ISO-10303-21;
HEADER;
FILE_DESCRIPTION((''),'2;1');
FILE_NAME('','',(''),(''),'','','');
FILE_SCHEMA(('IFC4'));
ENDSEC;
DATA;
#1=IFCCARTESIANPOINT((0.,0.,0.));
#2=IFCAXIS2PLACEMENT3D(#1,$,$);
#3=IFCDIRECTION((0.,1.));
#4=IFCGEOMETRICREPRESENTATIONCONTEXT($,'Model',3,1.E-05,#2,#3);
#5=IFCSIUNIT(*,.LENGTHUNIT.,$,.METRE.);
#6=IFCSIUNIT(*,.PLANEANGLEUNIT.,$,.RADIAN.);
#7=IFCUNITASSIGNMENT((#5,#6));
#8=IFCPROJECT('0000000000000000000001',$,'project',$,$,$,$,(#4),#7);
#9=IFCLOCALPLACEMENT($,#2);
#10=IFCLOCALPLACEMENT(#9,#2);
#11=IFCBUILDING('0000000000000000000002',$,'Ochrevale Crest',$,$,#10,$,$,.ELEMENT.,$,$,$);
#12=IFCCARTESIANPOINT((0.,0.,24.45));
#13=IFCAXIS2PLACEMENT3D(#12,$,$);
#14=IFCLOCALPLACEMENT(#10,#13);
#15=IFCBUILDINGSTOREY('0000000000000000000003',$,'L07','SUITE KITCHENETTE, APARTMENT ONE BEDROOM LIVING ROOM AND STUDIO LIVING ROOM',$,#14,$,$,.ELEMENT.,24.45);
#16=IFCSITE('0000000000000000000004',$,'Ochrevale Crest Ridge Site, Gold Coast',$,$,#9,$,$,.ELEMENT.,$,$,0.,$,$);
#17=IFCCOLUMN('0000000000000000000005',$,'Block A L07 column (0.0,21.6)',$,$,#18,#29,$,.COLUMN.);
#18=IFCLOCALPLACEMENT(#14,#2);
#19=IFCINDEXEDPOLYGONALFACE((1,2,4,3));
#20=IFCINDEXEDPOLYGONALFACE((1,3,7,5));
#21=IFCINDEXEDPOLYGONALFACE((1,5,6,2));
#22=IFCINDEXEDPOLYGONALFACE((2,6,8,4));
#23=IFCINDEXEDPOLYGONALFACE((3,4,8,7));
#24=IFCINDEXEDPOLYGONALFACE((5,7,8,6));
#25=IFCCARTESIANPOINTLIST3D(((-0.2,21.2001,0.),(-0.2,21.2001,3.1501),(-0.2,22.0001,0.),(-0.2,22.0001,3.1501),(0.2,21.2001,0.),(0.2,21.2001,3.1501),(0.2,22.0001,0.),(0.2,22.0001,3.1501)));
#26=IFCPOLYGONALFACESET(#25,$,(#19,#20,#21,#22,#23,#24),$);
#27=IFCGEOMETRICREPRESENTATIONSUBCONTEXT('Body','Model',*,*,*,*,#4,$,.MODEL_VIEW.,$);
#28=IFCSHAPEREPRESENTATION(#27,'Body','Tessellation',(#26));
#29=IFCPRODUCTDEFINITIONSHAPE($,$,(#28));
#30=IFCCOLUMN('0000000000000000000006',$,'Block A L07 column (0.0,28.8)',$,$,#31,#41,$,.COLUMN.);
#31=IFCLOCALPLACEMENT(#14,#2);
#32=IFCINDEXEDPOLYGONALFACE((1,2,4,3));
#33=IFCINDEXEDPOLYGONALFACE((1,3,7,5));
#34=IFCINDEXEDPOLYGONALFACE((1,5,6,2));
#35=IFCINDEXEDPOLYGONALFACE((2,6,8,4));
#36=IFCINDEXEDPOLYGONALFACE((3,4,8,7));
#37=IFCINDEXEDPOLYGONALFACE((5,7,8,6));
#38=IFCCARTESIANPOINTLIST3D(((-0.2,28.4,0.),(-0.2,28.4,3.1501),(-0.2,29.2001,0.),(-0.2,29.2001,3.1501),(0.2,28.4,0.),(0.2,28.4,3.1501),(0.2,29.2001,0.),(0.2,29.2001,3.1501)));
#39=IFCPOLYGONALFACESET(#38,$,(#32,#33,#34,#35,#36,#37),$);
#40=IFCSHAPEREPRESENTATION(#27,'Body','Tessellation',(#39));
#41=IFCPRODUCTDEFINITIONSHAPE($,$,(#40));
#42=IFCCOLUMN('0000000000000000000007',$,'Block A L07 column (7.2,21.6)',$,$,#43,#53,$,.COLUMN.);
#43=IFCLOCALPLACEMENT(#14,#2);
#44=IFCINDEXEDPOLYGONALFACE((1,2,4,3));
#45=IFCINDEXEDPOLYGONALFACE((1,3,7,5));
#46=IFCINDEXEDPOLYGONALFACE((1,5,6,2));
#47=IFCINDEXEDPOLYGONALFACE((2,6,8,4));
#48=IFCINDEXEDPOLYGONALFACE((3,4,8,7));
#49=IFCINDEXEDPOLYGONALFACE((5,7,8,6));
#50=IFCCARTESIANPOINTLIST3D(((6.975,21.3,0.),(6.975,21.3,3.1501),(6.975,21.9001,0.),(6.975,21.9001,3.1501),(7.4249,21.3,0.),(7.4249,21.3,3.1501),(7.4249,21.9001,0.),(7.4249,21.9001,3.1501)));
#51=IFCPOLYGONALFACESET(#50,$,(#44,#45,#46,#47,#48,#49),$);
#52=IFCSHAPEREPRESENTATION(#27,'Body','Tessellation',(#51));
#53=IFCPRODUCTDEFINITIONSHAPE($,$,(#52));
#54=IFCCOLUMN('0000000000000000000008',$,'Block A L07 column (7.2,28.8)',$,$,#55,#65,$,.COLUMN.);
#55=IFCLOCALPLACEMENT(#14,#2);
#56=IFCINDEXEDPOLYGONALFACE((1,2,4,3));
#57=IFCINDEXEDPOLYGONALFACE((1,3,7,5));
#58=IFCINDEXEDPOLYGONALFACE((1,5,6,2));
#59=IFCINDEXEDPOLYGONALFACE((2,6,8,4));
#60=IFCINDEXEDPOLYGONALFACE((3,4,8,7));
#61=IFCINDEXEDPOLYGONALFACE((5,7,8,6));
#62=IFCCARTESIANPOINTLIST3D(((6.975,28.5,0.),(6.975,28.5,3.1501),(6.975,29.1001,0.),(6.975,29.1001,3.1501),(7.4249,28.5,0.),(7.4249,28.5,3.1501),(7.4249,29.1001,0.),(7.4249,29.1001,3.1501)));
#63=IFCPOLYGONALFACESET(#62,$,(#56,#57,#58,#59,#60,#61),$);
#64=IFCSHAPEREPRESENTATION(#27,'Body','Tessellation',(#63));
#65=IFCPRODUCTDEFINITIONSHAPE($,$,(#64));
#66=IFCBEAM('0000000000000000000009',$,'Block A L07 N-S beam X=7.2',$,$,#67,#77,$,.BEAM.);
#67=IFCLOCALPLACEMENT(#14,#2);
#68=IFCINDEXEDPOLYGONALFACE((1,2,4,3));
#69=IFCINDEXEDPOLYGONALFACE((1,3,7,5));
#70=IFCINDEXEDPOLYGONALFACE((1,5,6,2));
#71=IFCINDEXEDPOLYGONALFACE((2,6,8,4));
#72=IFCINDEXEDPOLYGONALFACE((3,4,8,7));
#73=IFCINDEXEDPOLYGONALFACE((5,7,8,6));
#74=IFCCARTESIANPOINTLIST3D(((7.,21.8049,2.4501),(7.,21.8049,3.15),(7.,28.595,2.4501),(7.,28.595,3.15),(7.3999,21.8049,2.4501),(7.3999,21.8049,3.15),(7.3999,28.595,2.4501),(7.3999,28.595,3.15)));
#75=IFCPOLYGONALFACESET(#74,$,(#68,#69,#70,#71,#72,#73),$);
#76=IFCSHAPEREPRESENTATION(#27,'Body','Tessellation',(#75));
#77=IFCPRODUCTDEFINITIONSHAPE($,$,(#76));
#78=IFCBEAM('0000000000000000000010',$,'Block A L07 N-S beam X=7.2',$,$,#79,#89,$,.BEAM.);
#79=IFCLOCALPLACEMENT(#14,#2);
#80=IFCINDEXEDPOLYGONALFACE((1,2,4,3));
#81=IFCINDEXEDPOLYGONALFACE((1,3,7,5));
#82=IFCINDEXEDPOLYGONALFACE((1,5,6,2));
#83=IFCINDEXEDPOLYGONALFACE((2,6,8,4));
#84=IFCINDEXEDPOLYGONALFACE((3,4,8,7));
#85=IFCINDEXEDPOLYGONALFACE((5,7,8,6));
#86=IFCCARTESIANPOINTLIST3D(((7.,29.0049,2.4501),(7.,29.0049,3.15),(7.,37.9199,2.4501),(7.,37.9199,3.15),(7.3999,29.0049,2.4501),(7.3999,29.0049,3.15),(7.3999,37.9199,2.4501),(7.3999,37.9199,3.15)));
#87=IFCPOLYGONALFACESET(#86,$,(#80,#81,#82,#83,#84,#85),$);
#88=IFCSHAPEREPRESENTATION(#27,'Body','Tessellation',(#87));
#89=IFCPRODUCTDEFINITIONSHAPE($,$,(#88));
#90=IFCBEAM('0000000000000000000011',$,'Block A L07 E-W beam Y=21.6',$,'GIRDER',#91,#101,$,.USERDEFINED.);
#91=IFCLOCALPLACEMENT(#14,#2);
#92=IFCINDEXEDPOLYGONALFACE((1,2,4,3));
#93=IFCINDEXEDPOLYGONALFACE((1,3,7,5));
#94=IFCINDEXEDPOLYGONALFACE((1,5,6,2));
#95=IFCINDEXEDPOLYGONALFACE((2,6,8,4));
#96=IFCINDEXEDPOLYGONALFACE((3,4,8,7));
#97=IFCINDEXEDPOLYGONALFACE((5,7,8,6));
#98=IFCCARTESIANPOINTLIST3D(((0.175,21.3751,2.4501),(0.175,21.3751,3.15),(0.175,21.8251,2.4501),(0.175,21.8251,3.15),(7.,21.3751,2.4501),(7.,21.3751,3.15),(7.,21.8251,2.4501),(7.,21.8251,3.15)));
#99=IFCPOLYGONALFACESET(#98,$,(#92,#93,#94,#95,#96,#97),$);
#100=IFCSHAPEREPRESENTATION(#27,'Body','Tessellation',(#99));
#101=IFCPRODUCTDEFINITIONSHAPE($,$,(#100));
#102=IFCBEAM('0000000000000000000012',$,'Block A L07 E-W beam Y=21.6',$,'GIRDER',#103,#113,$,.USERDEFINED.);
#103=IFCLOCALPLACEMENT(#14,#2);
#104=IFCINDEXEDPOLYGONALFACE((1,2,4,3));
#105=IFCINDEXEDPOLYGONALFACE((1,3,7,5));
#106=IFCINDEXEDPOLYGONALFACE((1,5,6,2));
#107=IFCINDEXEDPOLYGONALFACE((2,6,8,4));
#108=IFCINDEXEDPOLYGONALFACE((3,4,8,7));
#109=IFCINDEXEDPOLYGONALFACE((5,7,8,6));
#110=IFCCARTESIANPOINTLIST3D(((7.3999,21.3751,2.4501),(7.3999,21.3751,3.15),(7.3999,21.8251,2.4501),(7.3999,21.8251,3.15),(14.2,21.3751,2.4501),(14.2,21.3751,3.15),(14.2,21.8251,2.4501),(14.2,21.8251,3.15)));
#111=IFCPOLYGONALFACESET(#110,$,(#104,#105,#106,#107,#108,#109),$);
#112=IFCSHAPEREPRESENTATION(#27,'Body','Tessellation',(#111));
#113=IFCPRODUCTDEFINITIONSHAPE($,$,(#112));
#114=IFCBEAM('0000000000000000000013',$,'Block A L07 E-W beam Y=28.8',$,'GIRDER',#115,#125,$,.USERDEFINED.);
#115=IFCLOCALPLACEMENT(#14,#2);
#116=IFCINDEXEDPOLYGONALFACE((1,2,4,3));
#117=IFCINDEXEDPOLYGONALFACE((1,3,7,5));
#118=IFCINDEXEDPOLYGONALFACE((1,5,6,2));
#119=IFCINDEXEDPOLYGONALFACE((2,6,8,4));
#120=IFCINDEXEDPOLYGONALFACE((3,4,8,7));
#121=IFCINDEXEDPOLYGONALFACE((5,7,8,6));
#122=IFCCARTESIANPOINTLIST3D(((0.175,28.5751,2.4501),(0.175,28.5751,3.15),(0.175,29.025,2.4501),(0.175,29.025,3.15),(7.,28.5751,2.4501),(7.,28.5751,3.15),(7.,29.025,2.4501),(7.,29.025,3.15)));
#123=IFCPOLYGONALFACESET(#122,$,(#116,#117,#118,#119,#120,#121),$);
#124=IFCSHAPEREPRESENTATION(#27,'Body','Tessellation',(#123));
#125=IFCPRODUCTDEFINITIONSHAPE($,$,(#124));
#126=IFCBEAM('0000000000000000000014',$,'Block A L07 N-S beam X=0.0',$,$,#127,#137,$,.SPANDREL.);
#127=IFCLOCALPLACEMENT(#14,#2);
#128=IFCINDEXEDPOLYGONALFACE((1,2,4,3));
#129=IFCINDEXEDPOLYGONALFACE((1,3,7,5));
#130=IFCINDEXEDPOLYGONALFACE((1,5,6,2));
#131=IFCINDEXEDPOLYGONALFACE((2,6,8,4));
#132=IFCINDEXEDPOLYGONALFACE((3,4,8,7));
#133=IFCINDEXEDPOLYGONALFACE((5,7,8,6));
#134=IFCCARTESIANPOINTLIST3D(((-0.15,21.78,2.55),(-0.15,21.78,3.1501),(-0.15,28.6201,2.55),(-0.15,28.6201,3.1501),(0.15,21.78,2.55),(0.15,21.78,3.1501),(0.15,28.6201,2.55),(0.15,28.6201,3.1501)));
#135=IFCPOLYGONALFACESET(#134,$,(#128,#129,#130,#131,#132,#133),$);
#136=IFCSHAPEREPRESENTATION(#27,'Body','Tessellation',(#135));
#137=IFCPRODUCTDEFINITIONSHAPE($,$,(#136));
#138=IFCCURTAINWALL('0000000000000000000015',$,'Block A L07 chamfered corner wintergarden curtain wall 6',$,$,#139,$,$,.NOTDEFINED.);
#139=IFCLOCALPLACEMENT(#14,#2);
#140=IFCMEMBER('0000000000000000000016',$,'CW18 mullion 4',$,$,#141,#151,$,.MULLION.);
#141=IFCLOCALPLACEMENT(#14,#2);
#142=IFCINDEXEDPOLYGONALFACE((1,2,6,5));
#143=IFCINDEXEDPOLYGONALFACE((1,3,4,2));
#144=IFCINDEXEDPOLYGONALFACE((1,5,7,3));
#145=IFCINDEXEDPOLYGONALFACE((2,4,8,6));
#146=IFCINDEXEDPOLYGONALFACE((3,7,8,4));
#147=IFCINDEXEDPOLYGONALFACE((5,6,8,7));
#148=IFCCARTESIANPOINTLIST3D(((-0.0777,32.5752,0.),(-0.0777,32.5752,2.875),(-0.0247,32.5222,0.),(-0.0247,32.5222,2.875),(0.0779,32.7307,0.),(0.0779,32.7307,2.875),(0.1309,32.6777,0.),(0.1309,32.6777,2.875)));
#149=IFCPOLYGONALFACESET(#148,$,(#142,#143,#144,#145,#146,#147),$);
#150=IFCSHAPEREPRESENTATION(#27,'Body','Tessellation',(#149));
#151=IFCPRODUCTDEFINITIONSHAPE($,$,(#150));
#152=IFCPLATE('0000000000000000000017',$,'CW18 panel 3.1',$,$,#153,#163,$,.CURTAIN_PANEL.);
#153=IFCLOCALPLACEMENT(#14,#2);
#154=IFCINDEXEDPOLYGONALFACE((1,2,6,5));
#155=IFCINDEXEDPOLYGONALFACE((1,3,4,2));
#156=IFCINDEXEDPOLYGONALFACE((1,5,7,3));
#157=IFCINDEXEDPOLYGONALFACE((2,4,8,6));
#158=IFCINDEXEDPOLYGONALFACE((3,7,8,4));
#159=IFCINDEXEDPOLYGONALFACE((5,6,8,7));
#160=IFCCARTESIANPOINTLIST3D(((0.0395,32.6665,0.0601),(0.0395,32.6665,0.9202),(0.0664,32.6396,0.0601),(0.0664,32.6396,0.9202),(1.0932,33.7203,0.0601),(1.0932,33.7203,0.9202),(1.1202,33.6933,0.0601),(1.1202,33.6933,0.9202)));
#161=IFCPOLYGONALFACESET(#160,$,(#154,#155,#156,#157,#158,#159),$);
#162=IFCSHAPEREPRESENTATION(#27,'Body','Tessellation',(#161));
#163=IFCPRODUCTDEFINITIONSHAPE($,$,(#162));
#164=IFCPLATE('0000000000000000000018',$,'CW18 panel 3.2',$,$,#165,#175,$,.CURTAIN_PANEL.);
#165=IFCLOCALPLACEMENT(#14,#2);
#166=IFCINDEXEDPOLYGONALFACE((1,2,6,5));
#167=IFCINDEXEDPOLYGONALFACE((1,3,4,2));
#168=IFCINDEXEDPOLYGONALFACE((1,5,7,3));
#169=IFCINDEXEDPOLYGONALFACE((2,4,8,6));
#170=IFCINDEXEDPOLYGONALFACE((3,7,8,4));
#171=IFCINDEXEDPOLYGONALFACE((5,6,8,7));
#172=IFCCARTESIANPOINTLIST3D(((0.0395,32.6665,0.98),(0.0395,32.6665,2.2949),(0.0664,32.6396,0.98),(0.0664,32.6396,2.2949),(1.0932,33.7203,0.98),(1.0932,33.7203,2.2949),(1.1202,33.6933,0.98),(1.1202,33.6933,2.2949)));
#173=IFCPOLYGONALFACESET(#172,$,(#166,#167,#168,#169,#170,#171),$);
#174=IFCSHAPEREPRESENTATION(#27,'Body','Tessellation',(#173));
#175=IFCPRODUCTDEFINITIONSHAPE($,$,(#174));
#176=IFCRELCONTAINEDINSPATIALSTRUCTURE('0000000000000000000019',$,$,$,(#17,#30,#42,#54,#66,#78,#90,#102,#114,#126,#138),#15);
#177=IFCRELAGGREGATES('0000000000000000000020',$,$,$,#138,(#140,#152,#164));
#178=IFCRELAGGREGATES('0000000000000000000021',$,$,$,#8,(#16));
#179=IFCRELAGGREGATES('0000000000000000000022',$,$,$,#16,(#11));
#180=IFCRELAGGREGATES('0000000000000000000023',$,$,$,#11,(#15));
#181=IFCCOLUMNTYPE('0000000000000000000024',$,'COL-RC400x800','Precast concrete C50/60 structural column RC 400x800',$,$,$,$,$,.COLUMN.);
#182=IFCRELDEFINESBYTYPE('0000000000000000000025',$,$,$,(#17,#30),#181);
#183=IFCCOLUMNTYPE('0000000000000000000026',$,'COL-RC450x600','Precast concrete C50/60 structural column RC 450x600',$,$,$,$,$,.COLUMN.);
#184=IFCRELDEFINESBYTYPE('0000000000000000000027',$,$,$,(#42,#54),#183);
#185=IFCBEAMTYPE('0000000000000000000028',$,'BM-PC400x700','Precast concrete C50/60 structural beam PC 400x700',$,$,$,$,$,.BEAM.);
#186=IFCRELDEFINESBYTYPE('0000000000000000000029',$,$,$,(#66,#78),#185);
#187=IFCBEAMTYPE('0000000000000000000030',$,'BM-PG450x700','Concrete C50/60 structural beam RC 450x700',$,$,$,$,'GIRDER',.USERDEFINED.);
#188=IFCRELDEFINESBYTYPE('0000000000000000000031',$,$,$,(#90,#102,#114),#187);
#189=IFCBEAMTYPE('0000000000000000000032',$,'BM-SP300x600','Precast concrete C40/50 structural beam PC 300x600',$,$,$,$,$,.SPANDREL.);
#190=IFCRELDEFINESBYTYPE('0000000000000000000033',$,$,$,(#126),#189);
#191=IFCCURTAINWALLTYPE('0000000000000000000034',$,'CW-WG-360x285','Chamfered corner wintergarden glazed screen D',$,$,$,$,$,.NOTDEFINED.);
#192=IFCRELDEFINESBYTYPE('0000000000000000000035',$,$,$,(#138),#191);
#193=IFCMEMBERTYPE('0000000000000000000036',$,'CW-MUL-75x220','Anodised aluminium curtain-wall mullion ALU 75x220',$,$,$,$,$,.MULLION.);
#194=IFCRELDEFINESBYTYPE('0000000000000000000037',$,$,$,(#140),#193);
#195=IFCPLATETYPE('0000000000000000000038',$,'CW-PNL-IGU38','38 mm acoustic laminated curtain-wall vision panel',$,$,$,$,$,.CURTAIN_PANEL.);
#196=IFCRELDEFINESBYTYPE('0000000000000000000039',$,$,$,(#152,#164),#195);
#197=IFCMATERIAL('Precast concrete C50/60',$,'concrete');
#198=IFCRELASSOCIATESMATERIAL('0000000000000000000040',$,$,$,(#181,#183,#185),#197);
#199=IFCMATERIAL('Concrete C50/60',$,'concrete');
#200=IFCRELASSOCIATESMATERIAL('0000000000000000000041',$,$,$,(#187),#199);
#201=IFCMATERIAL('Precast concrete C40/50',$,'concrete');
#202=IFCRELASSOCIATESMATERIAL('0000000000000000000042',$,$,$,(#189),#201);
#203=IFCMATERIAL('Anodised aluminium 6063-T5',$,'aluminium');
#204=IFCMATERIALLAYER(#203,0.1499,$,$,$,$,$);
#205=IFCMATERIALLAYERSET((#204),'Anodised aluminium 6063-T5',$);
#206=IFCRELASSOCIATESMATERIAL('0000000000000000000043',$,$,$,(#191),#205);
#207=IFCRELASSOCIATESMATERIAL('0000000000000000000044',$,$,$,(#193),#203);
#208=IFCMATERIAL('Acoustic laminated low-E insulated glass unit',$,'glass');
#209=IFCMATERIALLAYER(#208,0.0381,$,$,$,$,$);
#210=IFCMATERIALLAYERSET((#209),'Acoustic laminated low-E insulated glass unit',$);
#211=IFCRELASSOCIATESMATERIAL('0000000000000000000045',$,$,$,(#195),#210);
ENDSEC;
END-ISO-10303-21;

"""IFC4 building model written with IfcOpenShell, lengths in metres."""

from ifc_helpers import new_model, si_unit, direction, frame, origin, origin_2d, place, context, subcontext, project, spatial, rectangle, extrude, material, layer, layer_set, material_profile, profile_set, type_object, element, aggregate, save


model = new_model("IFC4")

# Units and contexts
model_context = context("Model", 3, precision=1e-05, world=origin(), true_north=direction((0.0, 1.0)))
body_context = subcontext(model_context, "Body", "Model", "MODEL_VIEW")
ifc_project = project(units=[si_unit("LENGTHUNIT", "METRE"), si_unit("PLANEANGLEUNIT", "RADIAN")], contexts=[model_context])

# Site, building, storey
site_placement = place(None, origin())
site = spatial("IfcSite", under=ifc_project, at=site_placement, Name="Ochrevale Crest Ridge Site, Gold Coast", CompositionType="ELEMENT", RefElevation=0.0)
building_placement = place(site_placement, origin())
building = spatial("IfcBuilding", under=site, at=building_placement, Name="Ochrevale Crest", CompositionType="ELEMENT")
storey_placement = place(building_placement, frame((0.0, 0.0, 24.45)))
storey = spatial("IfcBuildingStorey", under=building, at=storey_placement, Name="L07", Description="SUITE KITCHENETTE, APARTMENT ONE BEDROOM LIVING ROOM AND STUDIO LIVING ROOM", CompositionType="ELEMENT", Elevation=24.45)

# Columns
ifc_material_1 = material(Name="Precast concrete C50/60", Category="concrete")
ifc_material_profile_1 = material_profile(ifc_material_1, rectangle(XDim=0.3999, YDim=0.8, at=origin_2d()), Name="RC 400x800")
ifc_profile_set_1 = profile_set([ifc_material_profile_1], Name="Precast concrete C50/60")
column_type_1 = type_object("IfcColumnType", Name="COL-RC400x800", Description="Precast concrete C50/60 structural column RC 400x800", PredefinedType="COLUMN", material=ifc_profile_set_1)
for number, where, z_axis, x_axis, name in (
    (1, (0.0, 21.6001, 0.0), (0.0, 0.0, 1.0), (1.0, 0.0, 0.0), "Block A L07 column (0.0,21.6)"),
    (2, (0.0, 28.8, 0.0), (0.0, 0.0, 1.0), (1.0, 0.0, 0.0), "Block A L07 column (0.0,28.8)"),
):
    element("IfcColumn", number, at=place(storey_placement, frame(where, z_axis=z_axis, x_axis=x_axis)), inside=storey, type_object=column_type_1, Name=name, PredefinedType="COLUMN", context=body_context, shape_type="SweptSolid", body=[
        extrude(rectangle(XDim=0.3999, YDim=0.8, at=origin_2d()), origin(), (0.0, 0.0, 1.0), 3.1501),
    ])
ifc_material_profile_2 = material_profile(ifc_material_1, rectangle(XDim=0.45, YDim=0.6001, at=origin_2d()), Name="RC 450x600")
ifc_profile_set_2 = profile_set([ifc_material_profile_2], Name="Precast concrete C50/60")
column_type_2 = type_object("IfcColumnType", Name="COL-RC450x600", Description="Precast concrete C50/60 structural column RC 450x600", PredefinedType="COLUMN", material=ifc_profile_set_2)
for number, where, z_axis, x_axis, name in (
    (3, (7.2, 21.6001, 0.0), (0.0, 0.0, 1.0), (1.0, 0.0, 0.0), "Block A L07 column (7.2,21.6)"),
    (4, (7.2, 28.8, 0.0), (0.0, 0.0, 1.0), (1.0, 0.0, 0.0), "Block A L07 column (7.2,28.8)"),
):
    element("IfcColumn", number, at=place(storey_placement, frame(where, z_axis=z_axis, x_axis=x_axis)), inside=storey, type_object=column_type_2, Name=name, PredefinedType="COLUMN", context=body_context, shape_type="SweptSolid", body=[
        extrude(rectangle(XDim=0.45, YDim=0.6001, at=origin_2d()), origin(), (0.0, 0.0, 1.0), 3.1501),
    ])

# Beams
ifc_material_profile_3 = material_profile(ifc_material_1, rectangle(XDim=0.3999, YDim=0.7, at=origin_2d()), Name="PC 400x700")
ifc_profile_set_3 = profile_set([ifc_material_profile_3], Name="Precast concrete C50/60")
beam_type_1 = type_object("IfcBeamType", Name="BM-PC400x700", Description="Precast concrete C50/60 structural beam PC 400x700", PredefinedType="BEAM", material=ifc_profile_set_3)
beam_1_placement = place(storey_placement, frame((7.2, 21.8049, 2.8), z_axis=(0.0, 1.0, 0.0), x_axis=(-1.0, 0.0, 0.0)))
element("IfcBeam", 5, at=beam_1_placement, inside=storey, type_object=beam_type_1, Name="Block A L07 N-S beam X=7.2", PredefinedType="BEAM", context=body_context, shape_type="SweptSolid", body=[
    extrude(rectangle(XDim=0.3999, YDim=0.7, at=origin_2d()), origin(), (0.0, 0.0, 1.0), 6.79),
])
beam_2_placement = place(storey_placement, frame((7.2, 29.0049, 2.8), z_axis=(0.0, 1.0, 0.0), x_axis=(-1.0, 0.0, 0.0)))
element("IfcBeam", 6, at=beam_2_placement, inside=storey, type_object=beam_type_1, Name="Block A L07 N-S beam X=7.2", PredefinedType="BEAM", context=body_context, shape_type="SweptSolid", body=[
    extrude(rectangle(XDim=0.3999, YDim=0.7, at=origin_2d()), origin(), (0.0, 0.0, 1.0), 8.915),
])
ifc_material_2 = material(Name="Concrete C50/60", Category="concrete")
ifc_material_profile_4 = material_profile(ifc_material_2, rectangle(XDim=0.45, YDim=0.7, at=origin_2d()), Name="RC 450x700")
ifc_profile_set_4 = profile_set([ifc_material_profile_4], Name="Concrete C50/60")
beam_type_2 = type_object("IfcBeamType", Name="BM-PG450x700", Description="Concrete C50/60 structural beam RC 450x700", ElementType="GIRDER", PredefinedType="USERDEFINED", material=ifc_profile_set_4)
beam_3_placement = place(storey_placement, frame((0.175, 21.6001, 2.8), z_axis=(1.0, 0.0, 0.0), x_axis=(0.0, 1.0, 0.0)))
element("IfcBeam", 7, at=beam_3_placement, inside=storey, type_object=beam_type_2, Name="Block A L07 E-W beam Y=21.6", ObjectType="GIRDER", PredefinedType="USERDEFINED", context=body_context, shape_type="SweptSolid", body=[
    extrude(rectangle(XDim=0.45, YDim=0.7, at=origin_2d()), origin(), (0.0, 0.0, 1.0), 6.825),
])
beam_4_placement = place(storey_placement, frame((7.3999, 21.6001, 2.8), z_axis=(1.0, 0.0, 0.0), x_axis=(0.0, 1.0, 0.0)))
element("IfcBeam", 8, at=beam_4_placement, inside=storey, type_object=beam_type_2, Name="Block A L07 E-W beam Y=21.6", ObjectType="GIRDER", PredefinedType="USERDEFINED", context=body_context, shape_type="SweptSolid", body=[
    extrude(rectangle(XDim=0.45, YDim=0.7, at=origin_2d()), origin(), (0.0, 0.0, 1.0), 6.8),
])
beam_5_placement = place(storey_placement, frame((0.175, 28.8, 2.8), z_axis=(1.0, 0.0, 0.0), x_axis=(0.0, 1.0, 0.0)))
element("IfcBeam", 9, at=beam_5_placement, inside=storey, type_object=beam_type_2, Name="Block A L07 E-W beam Y=28.8", ObjectType="GIRDER", PredefinedType="USERDEFINED", context=body_context, shape_type="SweptSolid", body=[
    extrude(rectangle(XDim=0.45, YDim=0.7, at=origin_2d()), origin(), (0.0, 0.0, 1.0), 6.825),
])
ifc_material_3 = material(Name="Precast concrete C40/50", Category="concrete")
ifc_material_profile_5 = material_profile(ifc_material_3, rectangle(XDim=0.3, YDim=0.6001, at=origin_2d()), Name="PC 300x600")
ifc_profile_set_5 = profile_set([ifc_material_profile_5], Name="Precast concrete C40/50")
beam_type_3 = type_object("IfcBeamType", Name="BM-SP300x600", Description="Precast concrete C40/50 structural beam PC 300x600", PredefinedType="SPANDREL", material=ifc_profile_set_5)
beam_6_placement = place(storey_placement, frame((0.0, 21.78, 2.8501), z_axis=(0.0, 1.0, 0.0), x_axis=(-1.0, 0.0, 0.0)))
element("IfcBeam", 10, at=beam_6_placement, inside=storey, type_object=beam_type_3, Name="Block A L07 N-S beam X=0.0", PredefinedType="SPANDREL", context=body_context, shape_type="SweptSolid", body=[
    extrude(rectangle(XDim=0.3, YDim=0.6001, at=origin_2d()), origin(), (0.0, 0.0, 1.0), 6.8401),
])

# Curtain wall, member, plates
ifc_material_4 = material(Name="Anodised aluminium 6063-T5", Category="aluminium")
ifc_layer_1 = layer(ifc_material_4, 0.1499)
ifc_layer_set_1 = layer_set([ifc_layer_1], Name="Anodised aluminium 6063-T5")
curtain_wall_type = type_object("IfcCurtainWallType", Name="CW-WG-360x285", Description="Chamfered corner wintergarden glazed screen D", PredefinedType="NOTDEFINED", material=ifc_layer_set_1)
curtain_wall_placement = place(storey_placement, origin())
curtain_wall = element("IfcCurtainWall", 11, at=curtain_wall_placement, inside=storey, type_object=curtain_wall_type, Name="Block A L07 chamfered corner wintergarden curtain wall 6", PredefinedType="NOTDEFINED")
ifc_material_profile_6 = material_profile(ifc_material_4, rectangle(XDim=0.075, YDim=0.22, at=origin_2d()), Name="ALU 75x220")
ifc_profile_set_6 = profile_set([ifc_material_profile_6], Name="Anodised aluminium 6063-T5")
member_type = type_object("IfcMemberType", Name="CW-MUL-75x220", Description="Anodised aluminium curtain-wall mullion ALU 75x220", PredefinedType="MULLION", material=ifc_profile_set_6)
member_placement = place(storey_placement, frame((0.0266, 32.6265, 0.0), z_axis=(0.0, 0.0, 1.0), x_axis=(0.707107, -0.707107, 0.0)))
member = element("IfcMember", 12, at=member_placement, type_object=member_type, Name="CW18 mullion 4", PredefinedType="MULLION", context=body_context, shape_type="SweptSolid", body=[
    extrude(rectangle(XDim=0.075, YDim=0.22, at=origin_2d()), origin(), (0.0, 0.0, 1.0), 2.875),
])
ifc_material_5 = material(Name="Acoustic laminated low-E insulated glass unit", Category="glass")
ifc_layer_2 = layer(ifc_material_5, 0.0381)
ifc_layer_set_2 = layer_set([ifc_layer_2], Name="Acoustic laminated low-E insulated glass unit")
plate_type = type_object("IfcPlateType", Name="CW-PNL-IGU38", Description="38 mm acoustic laminated curtain-wall vision panel", PredefinedType="CURTAIN_PANEL", material=ifc_layer_set_2)
plate_1_placement = place(storey_placement, frame((0.5798, 33.1799, 0.0601), z_axis=(0.0, 0.0, 1.0), x_axis=(-0.707107, -0.707107, 0.0)))
plate_1 = element("IfcPlate", 13, at=plate_1_placement, type_object=plate_type, Name="CW18 panel 3.1", PredefinedType="CURTAIN_PANEL", context=body_context, shape_type="SweptSolid", body=[
    extrude(rectangle(XDim=1.4902, YDim=0.0381, at=origin_2d()), origin(), (0.0, 0.0, 1.0), 0.8601),
])
plate_2_placement = place(storey_placement, frame((0.5798, 33.1799, 0.98), z_axis=(0.0, 0.0, 1.0), x_axis=(-0.707107, -0.707107, 0.0)))
plate_2 = element("IfcPlate", 14, at=plate_2_placement, type_object=plate_type, Name="CW18 panel 3.2", PredefinedType="CURTAIN_PANEL", context=body_context, shape_type="SweptSolid", body=[
    extrude(rectangle(XDim=1.4902, YDim=0.0381, at=origin_2d()), origin(), (0.0, 0.0, 1.0), 1.3149),
])
aggregate(curtain_wall, [member, plate_1, plate_2])

save(model, "model.ifc")
